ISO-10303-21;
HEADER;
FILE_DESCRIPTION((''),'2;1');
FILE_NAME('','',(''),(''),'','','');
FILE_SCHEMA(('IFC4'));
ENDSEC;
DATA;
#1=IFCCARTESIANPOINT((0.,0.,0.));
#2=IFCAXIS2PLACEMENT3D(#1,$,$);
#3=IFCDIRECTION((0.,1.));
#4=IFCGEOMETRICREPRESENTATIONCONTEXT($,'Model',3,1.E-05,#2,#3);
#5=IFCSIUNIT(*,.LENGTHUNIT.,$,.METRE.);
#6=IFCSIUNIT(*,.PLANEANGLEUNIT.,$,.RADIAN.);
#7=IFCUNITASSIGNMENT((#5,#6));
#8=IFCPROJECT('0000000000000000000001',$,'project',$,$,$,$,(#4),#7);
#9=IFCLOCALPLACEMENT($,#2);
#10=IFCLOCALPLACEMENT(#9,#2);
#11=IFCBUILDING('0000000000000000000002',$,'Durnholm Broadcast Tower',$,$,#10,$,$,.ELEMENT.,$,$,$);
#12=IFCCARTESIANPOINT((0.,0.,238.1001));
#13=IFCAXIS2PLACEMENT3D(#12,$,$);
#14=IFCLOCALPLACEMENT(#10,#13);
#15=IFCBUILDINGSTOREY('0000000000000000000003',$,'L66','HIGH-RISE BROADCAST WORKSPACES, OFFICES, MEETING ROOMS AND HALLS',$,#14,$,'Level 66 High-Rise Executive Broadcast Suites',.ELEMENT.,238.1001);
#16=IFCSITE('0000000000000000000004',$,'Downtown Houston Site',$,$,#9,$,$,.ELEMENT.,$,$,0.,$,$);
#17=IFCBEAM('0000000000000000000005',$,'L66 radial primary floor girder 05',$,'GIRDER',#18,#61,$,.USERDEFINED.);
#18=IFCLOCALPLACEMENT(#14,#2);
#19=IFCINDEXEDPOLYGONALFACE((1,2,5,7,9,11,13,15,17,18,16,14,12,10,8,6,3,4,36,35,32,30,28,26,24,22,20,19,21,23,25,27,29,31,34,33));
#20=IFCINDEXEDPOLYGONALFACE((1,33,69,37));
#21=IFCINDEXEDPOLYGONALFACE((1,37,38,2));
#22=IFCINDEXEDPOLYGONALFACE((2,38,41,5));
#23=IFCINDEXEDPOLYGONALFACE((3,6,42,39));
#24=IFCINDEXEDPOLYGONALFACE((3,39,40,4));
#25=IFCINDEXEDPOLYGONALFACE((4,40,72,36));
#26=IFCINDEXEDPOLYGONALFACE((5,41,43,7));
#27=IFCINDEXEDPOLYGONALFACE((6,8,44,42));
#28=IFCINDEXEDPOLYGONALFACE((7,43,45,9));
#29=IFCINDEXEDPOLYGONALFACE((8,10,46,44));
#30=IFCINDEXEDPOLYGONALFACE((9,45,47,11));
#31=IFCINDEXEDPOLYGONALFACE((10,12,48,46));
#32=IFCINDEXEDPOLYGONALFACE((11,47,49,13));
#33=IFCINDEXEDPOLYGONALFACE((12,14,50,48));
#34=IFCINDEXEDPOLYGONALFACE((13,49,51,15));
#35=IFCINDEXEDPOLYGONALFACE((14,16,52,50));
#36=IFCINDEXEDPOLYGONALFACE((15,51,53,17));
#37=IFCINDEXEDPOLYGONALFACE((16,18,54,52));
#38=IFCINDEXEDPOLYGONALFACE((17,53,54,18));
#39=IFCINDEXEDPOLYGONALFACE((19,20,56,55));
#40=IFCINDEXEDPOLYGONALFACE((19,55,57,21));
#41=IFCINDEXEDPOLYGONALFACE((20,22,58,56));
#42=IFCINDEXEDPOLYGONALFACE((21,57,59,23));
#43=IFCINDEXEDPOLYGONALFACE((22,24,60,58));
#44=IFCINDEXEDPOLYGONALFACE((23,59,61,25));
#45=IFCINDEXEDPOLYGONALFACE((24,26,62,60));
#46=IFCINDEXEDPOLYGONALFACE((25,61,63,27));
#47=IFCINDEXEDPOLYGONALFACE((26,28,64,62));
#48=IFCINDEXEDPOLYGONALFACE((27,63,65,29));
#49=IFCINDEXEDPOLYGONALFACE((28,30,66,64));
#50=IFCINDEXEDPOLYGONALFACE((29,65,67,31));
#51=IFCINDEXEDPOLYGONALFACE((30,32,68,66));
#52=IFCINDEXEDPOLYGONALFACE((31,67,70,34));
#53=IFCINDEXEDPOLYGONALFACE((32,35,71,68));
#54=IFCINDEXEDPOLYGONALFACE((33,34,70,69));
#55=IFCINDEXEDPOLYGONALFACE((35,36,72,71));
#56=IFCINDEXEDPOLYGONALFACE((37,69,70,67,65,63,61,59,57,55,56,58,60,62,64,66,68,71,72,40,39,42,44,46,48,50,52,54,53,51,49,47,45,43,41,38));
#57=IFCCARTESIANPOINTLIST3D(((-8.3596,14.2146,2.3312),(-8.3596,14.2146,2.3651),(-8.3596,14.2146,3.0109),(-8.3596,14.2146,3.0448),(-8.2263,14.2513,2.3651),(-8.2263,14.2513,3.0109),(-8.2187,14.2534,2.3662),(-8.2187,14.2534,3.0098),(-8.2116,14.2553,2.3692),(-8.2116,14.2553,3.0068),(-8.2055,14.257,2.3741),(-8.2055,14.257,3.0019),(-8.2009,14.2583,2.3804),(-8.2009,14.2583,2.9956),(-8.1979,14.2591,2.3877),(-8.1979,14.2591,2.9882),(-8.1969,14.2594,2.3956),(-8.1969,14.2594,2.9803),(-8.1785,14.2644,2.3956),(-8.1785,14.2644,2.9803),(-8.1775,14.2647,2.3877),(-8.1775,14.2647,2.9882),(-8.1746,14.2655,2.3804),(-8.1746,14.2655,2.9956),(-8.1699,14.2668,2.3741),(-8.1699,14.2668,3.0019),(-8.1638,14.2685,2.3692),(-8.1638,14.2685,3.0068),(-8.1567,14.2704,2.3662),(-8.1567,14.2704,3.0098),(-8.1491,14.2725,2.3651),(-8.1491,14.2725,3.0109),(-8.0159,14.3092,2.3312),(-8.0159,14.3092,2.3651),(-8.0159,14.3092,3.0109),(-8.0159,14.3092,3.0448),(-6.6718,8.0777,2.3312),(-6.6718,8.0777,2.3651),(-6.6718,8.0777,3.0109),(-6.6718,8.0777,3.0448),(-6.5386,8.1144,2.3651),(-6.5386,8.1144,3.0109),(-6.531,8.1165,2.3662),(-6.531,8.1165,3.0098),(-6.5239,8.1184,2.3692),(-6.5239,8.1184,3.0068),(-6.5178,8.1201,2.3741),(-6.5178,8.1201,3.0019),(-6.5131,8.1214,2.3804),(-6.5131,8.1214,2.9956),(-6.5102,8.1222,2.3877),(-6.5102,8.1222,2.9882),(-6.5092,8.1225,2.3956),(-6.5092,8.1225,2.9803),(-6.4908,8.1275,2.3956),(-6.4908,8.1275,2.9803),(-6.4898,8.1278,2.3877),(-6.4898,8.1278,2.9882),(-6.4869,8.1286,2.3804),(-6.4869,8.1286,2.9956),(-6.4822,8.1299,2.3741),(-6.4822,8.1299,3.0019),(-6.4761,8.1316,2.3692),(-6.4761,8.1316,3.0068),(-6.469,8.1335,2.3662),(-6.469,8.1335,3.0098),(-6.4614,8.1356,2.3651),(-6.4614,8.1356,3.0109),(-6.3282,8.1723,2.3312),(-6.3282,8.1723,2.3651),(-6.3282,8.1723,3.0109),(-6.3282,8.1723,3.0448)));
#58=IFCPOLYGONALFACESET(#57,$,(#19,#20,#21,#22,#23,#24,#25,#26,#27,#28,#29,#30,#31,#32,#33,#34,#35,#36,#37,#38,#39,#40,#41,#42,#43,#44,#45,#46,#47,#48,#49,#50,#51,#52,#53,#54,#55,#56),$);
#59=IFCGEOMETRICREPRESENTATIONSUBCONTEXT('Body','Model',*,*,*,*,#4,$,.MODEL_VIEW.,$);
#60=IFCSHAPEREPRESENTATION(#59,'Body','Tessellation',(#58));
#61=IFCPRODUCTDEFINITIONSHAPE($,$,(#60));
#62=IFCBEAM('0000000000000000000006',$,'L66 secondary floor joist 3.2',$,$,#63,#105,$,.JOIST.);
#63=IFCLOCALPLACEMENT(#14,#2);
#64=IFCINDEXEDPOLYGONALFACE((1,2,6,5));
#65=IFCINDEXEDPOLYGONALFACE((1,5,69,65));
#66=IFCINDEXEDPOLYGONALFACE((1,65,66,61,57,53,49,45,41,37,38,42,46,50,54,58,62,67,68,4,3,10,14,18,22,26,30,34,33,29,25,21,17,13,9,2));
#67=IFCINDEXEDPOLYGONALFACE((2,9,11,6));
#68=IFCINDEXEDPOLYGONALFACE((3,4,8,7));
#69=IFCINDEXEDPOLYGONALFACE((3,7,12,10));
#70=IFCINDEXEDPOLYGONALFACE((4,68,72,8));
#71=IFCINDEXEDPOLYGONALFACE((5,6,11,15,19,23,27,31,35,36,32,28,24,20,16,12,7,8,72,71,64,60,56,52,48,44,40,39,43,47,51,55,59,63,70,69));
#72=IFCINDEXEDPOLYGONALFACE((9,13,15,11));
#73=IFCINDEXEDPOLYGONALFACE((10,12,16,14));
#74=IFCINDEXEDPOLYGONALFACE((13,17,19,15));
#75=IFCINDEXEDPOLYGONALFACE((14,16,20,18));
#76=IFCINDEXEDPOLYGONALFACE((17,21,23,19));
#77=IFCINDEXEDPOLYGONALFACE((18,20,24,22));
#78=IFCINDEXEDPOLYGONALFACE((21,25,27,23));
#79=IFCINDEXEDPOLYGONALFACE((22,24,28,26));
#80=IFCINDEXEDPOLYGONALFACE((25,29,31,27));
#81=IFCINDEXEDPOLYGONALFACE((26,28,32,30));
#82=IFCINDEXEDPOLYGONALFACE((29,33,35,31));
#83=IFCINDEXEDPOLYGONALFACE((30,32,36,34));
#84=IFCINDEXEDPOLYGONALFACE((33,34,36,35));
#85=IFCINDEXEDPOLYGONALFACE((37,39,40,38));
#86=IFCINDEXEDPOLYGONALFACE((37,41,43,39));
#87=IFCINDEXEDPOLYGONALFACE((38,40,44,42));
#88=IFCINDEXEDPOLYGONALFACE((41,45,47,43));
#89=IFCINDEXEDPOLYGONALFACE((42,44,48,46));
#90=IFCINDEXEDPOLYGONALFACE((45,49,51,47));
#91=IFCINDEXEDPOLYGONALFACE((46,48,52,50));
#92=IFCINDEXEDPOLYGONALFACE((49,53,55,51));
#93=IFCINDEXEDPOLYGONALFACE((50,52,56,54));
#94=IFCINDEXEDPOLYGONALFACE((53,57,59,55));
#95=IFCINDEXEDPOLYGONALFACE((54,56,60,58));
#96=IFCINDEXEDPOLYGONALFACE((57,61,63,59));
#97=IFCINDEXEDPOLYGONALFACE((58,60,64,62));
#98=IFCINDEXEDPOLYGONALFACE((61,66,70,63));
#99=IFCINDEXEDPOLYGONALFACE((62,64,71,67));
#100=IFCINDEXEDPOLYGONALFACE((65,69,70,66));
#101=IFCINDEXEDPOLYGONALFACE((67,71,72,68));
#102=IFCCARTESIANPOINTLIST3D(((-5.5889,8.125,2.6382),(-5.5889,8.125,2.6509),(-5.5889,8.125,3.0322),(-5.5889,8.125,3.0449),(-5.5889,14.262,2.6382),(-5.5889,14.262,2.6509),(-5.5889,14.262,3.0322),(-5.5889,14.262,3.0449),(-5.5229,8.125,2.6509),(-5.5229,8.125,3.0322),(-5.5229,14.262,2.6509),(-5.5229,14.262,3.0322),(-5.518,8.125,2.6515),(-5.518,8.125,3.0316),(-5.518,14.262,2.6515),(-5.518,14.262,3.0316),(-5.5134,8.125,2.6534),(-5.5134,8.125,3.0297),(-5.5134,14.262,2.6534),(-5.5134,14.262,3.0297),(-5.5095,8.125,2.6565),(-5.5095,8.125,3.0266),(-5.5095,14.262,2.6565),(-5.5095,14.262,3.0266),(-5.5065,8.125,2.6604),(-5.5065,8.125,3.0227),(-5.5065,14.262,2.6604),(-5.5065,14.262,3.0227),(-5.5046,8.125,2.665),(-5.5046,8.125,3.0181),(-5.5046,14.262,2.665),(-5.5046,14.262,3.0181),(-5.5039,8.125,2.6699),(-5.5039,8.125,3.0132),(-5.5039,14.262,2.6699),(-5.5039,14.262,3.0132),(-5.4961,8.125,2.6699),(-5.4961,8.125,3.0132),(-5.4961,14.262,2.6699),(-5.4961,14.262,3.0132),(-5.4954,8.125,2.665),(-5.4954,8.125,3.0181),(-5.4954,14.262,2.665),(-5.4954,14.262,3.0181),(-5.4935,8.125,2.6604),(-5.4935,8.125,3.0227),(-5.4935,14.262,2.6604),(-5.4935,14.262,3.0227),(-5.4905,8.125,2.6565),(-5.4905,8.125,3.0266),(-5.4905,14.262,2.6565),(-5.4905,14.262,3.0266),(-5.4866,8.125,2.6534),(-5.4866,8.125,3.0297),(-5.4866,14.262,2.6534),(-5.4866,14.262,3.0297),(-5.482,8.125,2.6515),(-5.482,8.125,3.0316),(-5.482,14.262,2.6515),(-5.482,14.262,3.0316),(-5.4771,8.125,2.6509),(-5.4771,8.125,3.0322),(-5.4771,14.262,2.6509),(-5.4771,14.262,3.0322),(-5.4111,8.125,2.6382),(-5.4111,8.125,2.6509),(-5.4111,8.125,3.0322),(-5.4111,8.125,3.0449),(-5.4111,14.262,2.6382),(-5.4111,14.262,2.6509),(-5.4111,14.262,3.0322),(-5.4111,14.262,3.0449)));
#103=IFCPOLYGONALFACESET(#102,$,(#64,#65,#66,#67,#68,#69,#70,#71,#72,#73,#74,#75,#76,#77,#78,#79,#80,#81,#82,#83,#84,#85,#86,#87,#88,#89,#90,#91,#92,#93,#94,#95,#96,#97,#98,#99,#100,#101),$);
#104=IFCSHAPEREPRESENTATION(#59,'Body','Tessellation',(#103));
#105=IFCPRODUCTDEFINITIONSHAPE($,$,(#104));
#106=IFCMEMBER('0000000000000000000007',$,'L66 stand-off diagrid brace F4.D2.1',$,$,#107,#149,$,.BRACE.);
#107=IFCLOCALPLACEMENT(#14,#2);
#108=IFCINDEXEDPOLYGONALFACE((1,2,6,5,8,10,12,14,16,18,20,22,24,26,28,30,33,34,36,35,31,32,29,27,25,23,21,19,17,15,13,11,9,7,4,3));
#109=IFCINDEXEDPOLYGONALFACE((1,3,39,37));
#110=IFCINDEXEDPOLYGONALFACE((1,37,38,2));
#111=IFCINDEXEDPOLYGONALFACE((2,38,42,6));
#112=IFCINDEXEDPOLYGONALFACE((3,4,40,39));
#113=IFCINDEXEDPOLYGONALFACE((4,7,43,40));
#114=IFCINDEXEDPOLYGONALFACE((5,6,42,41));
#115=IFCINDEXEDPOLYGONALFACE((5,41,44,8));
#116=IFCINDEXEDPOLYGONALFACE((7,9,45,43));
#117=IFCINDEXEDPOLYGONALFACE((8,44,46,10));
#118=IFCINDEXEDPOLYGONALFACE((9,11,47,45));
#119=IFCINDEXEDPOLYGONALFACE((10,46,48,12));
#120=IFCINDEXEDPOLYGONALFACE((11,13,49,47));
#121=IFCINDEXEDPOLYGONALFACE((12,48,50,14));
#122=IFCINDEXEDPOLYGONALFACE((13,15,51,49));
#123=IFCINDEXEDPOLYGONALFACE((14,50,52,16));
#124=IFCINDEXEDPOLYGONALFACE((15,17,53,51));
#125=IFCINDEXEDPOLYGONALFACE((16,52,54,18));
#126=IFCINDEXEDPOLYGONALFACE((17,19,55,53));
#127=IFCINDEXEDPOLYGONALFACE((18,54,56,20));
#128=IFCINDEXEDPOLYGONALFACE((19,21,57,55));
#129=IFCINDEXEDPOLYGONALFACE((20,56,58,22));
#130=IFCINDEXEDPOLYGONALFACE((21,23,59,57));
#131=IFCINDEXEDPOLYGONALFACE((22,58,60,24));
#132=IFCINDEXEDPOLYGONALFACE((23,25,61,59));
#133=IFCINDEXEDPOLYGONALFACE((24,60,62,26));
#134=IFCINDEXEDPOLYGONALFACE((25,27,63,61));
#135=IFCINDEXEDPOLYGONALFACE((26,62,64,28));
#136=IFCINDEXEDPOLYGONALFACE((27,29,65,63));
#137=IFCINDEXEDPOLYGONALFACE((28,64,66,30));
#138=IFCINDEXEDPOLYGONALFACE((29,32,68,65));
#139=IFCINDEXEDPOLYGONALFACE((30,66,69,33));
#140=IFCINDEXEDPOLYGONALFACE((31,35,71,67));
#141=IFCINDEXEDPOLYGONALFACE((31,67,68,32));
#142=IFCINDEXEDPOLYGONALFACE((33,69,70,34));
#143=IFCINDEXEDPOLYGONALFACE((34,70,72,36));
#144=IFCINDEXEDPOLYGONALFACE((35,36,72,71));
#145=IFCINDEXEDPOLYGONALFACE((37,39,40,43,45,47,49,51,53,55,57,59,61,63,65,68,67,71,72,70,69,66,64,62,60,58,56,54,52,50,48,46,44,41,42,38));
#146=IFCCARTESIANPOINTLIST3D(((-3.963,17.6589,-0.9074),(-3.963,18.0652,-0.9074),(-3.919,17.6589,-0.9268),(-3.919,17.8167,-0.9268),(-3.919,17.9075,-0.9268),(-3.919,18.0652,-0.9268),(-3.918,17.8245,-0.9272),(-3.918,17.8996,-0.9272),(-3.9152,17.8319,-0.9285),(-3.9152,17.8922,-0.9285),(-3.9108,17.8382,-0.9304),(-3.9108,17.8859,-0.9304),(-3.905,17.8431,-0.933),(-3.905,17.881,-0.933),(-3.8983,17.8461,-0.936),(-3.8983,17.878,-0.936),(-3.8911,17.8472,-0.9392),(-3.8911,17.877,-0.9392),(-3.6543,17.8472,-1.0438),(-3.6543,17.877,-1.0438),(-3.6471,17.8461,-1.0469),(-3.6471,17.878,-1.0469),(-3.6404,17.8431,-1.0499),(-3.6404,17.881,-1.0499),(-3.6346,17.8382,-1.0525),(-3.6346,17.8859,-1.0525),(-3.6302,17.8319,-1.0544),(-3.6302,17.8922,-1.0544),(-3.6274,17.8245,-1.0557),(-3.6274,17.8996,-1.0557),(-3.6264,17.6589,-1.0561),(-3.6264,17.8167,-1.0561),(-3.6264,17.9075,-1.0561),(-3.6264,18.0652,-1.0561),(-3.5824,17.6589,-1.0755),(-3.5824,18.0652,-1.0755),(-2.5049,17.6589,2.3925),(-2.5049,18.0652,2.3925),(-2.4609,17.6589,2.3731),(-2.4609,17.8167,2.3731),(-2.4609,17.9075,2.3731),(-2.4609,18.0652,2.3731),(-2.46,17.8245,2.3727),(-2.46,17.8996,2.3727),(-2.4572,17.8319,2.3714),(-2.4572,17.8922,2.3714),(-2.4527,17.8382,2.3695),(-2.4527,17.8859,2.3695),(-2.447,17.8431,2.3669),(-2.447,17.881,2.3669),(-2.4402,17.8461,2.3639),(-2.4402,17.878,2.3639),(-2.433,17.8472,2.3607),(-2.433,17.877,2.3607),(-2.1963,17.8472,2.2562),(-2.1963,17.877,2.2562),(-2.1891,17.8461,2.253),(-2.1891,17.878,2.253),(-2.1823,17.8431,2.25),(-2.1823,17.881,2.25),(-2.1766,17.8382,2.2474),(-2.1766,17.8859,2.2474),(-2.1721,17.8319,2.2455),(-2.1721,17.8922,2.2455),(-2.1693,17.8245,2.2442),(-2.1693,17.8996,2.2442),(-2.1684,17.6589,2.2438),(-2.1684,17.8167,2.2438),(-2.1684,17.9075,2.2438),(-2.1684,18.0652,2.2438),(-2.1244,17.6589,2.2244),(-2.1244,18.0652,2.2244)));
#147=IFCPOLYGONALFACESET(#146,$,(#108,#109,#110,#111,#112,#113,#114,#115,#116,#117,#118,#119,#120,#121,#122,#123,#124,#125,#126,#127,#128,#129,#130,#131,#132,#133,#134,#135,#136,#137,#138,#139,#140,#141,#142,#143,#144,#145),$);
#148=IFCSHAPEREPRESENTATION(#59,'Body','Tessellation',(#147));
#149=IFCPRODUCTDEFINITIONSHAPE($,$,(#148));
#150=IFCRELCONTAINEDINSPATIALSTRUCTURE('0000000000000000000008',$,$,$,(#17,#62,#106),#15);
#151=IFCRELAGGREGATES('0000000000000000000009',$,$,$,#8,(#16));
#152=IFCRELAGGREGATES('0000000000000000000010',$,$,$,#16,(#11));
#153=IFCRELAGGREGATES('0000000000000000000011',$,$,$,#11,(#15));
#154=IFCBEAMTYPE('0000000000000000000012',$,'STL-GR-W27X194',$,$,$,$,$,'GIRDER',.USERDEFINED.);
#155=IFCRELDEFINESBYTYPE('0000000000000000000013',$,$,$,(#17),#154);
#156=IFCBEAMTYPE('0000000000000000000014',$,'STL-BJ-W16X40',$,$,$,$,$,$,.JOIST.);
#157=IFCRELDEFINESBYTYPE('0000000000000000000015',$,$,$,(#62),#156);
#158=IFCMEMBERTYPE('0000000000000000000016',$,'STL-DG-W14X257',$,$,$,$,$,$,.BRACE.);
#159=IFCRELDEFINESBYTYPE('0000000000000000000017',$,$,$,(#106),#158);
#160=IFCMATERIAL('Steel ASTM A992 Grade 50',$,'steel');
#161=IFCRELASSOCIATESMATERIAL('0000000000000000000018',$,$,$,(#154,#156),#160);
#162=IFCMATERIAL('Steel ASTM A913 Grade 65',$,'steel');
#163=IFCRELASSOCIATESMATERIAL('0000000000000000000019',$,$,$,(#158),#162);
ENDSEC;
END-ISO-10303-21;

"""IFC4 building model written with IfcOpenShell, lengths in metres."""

from ifc_helpers import new_model, si_unit, direction, frame, origin, origin_2d, place, context, subcontext, project, spatial, i_section, extrude, source, transform, mapped, material, material_profile, profile_set, type_object, type_shapes, element, save


model = new_model("IFC4")

# Units and contexts
model_context = context("Model", 3, precision=1e-05, world=origin(), true_north=direction((0.0, 1.0)))
body_context = subcontext(model_context, "Body", "Model", "MODEL_VIEW")
ifc_project = project(units=[si_unit("LENGTHUNIT", "METRE"), si_unit("PLANEANGLEUNIT", "RADIAN")], contexts=[model_context])

# Site, building, storey
site_placement = place(None, origin())
site = spatial("IfcSite", under=ifc_project, at=site_placement, Name="Downtown Houston Site", CompositionType="ELEMENT", RefElevation=0.0)
building_placement = place(site_placement, origin())
building = spatial("IfcBuilding", under=site, at=building_placement, Name="Durnholm Broadcast Tower", CompositionType="ELEMENT")
storey_placement = place(building_placement, frame((0.0, 0.0, 238.1001)))
storey = spatial("IfcBuildingStorey", under=building, at=storey_placement, Name="L66", Description="HIGH-RISE BROADCAST WORKSPACES, OFFICES, MEETING ROOMS AND HALLS", LongName="Level 66 High-Rise Executive Broadcast Suites", CompositionType="ELEMENT", Elevation=238.1001)

# Beams
ifc_material_1 = material(Name="Steel ASTM A992 Grade 50", Category="steel")
ifc_material_profile_1 = material_profile(ifc_material_1, i_section(OverallWidth=0.3564, OverallDepth=0.7136, WebThickness=0.019, FlangeThickness=0.0339, FilletRadius=0.0305, at=origin_2d()), Name="W27X194")
ifc_profile_set_1 = profile_set([ifc_material_profile_1], Name="Steel ASTM A992 Grade 50")
beam_type_1 = type_object("IfcBeamType", Name="STL-GR-W27X194", ElementType="GIRDER", PredefinedType="USERDEFINED", material=ifc_profile_set_1)
shared_shape_1 = source(origin(), body_context, "Body", "SweptSolid", [
    extrude(i_section(OverallWidth=0.3564, OverallDepth=0.7136, WebThickness=0.019, FlangeThickness=0.0339, FilletRadius=0.0305, at=origin_2d()), origin(), (0.0, 0.0, 1.0), 6.3647),
])
type_shapes(beam_type_1, [shared_shape_1])
beam_1_placement = place(storey_placement, frame((-6.5, 8.125, 2.688), z_axis=(-0.265168, 0.964202, 0.0), x_axis=(-0.964202, -0.265168, 0.0)))
element("IfcBeam", 1, at=beam_1_placement, inside=storey, type_object=beam_type_1, Name="L66 radial primary floor girder 05", ObjectType="GIRDER", PredefinedType="USERDEFINED", context=body_context, shape_type="MappedRepresentation", body=[
    mapped(shared_shape_1, transform((0.0, 0.0, 0.0), x_axis=(1.0, 0.0, 0.0), y_axis=(0.0, 1.0, 0.0), z_axis=(0.0, 0.0, 1.0), scale=1.0)),
])
ifc_material_profile_2 = material_profile(ifc_material_1, i_section(OverallWidth=0.1777, OverallDepth=0.4067, WebThickness=0.0078, FlangeThickness=0.0127, FilletRadius=0.019, at=origin_2d()), Name="W16X40")
ifc_profile_set_2 = profile_set([ifc_material_profile_2], Name="Steel ASTM A992 Grade 50")
beam_type_2 = type_object("IfcBeamType", Name="STL-BJ-W16X40", PredefinedType="JOIST", material=ifc_profile_set_2)
shared_shape_2 = source(origin(), body_context, "Body", "SweptSolid", [
    extrude(i_section(OverallWidth=0.1777, OverallDepth=0.4067, WebThickness=0.0078, FlangeThickness=0.0127, FilletRadius=0.019, at=origin_2d()), origin(), (0.0, 0.0, 1.0), 6.137),
])
type_shapes(beam_type_2, [shared_shape_2])
beam_2_placement = place(storey_placement, frame((-5.5, 8.125, 2.8416), z_axis=(0.0, 1.0, 0.0), x_axis=(-1.0, 0.0, 0.0)))
element("IfcBeam", 2, at=beam_2_placement, inside=storey, type_object=beam_type_2, Name="L66 secondary floor joist 3.2", PredefinedType="JOIST", context=body_context, shape_type="MappedRepresentation", body=[
    mapped(shared_shape_2, transform((0.0, 0.0, 0.0), x_axis=(1.0, 0.0, 0.0), y_axis=(0.0, 1.0, 0.0), z_axis=(0.0, 0.0, 1.0), scale=1.0)),
])

# Member
ifc_material_2 = material(Name="Steel ASTM A913 Grade 65", Category="steel")
ifc_material_profile_3 = material_profile(ifc_material_2, i_section(OverallWidth=0.4062, OverallDepth=0.416, WebThickness=0.0298, FlangeThickness=0.0481, FilletRadius=0.0305, at=origin_2d()), Name="W14X257")
ifc_profile_set_3 = profile_set([ifc_material_profile_3], Name="Steel ASTM A913 Grade 65")
member_type_1 = type_object("IfcMemberType", Name="STL-DG-W14X257", PredefinedType="BRACE", material=ifc_profile_set_3)
shared_shape_3 = source(origin(), body_context, "Body", "SweptSolid", [
    extrude(i_section(OverallWidth=0.4062, OverallDepth=0.416, WebThickness=0.0298, FlangeThickness=0.0481, FilletRadius=0.0305, at=origin_2d()), origin(), (0.0, 0.0, 1.0), 3.6077),
])
type_shapes(member_type_1, [shared_shape_3])
for number, where, z_axis, x_axis, name in (
    (3, (-3.7727, 17.8621, -0.9915), (0.404153, 0.0, 0.914691), (0.0, 1.0, 0.0), "L66 stand-off diagrid brace F4.D2.1"),
):
    element("IfcMember", number, at=place(storey_placement, frame(where, z_axis=z_axis, x_axis=x_axis)), inside=storey, type_object=member_type_1, Name=name, PredefinedType="BRACE", context=body_context, shape_type="MappedRepresentation", body=[
        mapped(shared_shape_3, transform((0.0, 0.0, 0.0), x_axis=(1.0, 0.0, 0.0), y_axis=(0.0, 1.0, 0.0), z_axis=(0.0, 0.0, 1.0), scale=1.0)),
    ])

save(model, "model.ifc")
